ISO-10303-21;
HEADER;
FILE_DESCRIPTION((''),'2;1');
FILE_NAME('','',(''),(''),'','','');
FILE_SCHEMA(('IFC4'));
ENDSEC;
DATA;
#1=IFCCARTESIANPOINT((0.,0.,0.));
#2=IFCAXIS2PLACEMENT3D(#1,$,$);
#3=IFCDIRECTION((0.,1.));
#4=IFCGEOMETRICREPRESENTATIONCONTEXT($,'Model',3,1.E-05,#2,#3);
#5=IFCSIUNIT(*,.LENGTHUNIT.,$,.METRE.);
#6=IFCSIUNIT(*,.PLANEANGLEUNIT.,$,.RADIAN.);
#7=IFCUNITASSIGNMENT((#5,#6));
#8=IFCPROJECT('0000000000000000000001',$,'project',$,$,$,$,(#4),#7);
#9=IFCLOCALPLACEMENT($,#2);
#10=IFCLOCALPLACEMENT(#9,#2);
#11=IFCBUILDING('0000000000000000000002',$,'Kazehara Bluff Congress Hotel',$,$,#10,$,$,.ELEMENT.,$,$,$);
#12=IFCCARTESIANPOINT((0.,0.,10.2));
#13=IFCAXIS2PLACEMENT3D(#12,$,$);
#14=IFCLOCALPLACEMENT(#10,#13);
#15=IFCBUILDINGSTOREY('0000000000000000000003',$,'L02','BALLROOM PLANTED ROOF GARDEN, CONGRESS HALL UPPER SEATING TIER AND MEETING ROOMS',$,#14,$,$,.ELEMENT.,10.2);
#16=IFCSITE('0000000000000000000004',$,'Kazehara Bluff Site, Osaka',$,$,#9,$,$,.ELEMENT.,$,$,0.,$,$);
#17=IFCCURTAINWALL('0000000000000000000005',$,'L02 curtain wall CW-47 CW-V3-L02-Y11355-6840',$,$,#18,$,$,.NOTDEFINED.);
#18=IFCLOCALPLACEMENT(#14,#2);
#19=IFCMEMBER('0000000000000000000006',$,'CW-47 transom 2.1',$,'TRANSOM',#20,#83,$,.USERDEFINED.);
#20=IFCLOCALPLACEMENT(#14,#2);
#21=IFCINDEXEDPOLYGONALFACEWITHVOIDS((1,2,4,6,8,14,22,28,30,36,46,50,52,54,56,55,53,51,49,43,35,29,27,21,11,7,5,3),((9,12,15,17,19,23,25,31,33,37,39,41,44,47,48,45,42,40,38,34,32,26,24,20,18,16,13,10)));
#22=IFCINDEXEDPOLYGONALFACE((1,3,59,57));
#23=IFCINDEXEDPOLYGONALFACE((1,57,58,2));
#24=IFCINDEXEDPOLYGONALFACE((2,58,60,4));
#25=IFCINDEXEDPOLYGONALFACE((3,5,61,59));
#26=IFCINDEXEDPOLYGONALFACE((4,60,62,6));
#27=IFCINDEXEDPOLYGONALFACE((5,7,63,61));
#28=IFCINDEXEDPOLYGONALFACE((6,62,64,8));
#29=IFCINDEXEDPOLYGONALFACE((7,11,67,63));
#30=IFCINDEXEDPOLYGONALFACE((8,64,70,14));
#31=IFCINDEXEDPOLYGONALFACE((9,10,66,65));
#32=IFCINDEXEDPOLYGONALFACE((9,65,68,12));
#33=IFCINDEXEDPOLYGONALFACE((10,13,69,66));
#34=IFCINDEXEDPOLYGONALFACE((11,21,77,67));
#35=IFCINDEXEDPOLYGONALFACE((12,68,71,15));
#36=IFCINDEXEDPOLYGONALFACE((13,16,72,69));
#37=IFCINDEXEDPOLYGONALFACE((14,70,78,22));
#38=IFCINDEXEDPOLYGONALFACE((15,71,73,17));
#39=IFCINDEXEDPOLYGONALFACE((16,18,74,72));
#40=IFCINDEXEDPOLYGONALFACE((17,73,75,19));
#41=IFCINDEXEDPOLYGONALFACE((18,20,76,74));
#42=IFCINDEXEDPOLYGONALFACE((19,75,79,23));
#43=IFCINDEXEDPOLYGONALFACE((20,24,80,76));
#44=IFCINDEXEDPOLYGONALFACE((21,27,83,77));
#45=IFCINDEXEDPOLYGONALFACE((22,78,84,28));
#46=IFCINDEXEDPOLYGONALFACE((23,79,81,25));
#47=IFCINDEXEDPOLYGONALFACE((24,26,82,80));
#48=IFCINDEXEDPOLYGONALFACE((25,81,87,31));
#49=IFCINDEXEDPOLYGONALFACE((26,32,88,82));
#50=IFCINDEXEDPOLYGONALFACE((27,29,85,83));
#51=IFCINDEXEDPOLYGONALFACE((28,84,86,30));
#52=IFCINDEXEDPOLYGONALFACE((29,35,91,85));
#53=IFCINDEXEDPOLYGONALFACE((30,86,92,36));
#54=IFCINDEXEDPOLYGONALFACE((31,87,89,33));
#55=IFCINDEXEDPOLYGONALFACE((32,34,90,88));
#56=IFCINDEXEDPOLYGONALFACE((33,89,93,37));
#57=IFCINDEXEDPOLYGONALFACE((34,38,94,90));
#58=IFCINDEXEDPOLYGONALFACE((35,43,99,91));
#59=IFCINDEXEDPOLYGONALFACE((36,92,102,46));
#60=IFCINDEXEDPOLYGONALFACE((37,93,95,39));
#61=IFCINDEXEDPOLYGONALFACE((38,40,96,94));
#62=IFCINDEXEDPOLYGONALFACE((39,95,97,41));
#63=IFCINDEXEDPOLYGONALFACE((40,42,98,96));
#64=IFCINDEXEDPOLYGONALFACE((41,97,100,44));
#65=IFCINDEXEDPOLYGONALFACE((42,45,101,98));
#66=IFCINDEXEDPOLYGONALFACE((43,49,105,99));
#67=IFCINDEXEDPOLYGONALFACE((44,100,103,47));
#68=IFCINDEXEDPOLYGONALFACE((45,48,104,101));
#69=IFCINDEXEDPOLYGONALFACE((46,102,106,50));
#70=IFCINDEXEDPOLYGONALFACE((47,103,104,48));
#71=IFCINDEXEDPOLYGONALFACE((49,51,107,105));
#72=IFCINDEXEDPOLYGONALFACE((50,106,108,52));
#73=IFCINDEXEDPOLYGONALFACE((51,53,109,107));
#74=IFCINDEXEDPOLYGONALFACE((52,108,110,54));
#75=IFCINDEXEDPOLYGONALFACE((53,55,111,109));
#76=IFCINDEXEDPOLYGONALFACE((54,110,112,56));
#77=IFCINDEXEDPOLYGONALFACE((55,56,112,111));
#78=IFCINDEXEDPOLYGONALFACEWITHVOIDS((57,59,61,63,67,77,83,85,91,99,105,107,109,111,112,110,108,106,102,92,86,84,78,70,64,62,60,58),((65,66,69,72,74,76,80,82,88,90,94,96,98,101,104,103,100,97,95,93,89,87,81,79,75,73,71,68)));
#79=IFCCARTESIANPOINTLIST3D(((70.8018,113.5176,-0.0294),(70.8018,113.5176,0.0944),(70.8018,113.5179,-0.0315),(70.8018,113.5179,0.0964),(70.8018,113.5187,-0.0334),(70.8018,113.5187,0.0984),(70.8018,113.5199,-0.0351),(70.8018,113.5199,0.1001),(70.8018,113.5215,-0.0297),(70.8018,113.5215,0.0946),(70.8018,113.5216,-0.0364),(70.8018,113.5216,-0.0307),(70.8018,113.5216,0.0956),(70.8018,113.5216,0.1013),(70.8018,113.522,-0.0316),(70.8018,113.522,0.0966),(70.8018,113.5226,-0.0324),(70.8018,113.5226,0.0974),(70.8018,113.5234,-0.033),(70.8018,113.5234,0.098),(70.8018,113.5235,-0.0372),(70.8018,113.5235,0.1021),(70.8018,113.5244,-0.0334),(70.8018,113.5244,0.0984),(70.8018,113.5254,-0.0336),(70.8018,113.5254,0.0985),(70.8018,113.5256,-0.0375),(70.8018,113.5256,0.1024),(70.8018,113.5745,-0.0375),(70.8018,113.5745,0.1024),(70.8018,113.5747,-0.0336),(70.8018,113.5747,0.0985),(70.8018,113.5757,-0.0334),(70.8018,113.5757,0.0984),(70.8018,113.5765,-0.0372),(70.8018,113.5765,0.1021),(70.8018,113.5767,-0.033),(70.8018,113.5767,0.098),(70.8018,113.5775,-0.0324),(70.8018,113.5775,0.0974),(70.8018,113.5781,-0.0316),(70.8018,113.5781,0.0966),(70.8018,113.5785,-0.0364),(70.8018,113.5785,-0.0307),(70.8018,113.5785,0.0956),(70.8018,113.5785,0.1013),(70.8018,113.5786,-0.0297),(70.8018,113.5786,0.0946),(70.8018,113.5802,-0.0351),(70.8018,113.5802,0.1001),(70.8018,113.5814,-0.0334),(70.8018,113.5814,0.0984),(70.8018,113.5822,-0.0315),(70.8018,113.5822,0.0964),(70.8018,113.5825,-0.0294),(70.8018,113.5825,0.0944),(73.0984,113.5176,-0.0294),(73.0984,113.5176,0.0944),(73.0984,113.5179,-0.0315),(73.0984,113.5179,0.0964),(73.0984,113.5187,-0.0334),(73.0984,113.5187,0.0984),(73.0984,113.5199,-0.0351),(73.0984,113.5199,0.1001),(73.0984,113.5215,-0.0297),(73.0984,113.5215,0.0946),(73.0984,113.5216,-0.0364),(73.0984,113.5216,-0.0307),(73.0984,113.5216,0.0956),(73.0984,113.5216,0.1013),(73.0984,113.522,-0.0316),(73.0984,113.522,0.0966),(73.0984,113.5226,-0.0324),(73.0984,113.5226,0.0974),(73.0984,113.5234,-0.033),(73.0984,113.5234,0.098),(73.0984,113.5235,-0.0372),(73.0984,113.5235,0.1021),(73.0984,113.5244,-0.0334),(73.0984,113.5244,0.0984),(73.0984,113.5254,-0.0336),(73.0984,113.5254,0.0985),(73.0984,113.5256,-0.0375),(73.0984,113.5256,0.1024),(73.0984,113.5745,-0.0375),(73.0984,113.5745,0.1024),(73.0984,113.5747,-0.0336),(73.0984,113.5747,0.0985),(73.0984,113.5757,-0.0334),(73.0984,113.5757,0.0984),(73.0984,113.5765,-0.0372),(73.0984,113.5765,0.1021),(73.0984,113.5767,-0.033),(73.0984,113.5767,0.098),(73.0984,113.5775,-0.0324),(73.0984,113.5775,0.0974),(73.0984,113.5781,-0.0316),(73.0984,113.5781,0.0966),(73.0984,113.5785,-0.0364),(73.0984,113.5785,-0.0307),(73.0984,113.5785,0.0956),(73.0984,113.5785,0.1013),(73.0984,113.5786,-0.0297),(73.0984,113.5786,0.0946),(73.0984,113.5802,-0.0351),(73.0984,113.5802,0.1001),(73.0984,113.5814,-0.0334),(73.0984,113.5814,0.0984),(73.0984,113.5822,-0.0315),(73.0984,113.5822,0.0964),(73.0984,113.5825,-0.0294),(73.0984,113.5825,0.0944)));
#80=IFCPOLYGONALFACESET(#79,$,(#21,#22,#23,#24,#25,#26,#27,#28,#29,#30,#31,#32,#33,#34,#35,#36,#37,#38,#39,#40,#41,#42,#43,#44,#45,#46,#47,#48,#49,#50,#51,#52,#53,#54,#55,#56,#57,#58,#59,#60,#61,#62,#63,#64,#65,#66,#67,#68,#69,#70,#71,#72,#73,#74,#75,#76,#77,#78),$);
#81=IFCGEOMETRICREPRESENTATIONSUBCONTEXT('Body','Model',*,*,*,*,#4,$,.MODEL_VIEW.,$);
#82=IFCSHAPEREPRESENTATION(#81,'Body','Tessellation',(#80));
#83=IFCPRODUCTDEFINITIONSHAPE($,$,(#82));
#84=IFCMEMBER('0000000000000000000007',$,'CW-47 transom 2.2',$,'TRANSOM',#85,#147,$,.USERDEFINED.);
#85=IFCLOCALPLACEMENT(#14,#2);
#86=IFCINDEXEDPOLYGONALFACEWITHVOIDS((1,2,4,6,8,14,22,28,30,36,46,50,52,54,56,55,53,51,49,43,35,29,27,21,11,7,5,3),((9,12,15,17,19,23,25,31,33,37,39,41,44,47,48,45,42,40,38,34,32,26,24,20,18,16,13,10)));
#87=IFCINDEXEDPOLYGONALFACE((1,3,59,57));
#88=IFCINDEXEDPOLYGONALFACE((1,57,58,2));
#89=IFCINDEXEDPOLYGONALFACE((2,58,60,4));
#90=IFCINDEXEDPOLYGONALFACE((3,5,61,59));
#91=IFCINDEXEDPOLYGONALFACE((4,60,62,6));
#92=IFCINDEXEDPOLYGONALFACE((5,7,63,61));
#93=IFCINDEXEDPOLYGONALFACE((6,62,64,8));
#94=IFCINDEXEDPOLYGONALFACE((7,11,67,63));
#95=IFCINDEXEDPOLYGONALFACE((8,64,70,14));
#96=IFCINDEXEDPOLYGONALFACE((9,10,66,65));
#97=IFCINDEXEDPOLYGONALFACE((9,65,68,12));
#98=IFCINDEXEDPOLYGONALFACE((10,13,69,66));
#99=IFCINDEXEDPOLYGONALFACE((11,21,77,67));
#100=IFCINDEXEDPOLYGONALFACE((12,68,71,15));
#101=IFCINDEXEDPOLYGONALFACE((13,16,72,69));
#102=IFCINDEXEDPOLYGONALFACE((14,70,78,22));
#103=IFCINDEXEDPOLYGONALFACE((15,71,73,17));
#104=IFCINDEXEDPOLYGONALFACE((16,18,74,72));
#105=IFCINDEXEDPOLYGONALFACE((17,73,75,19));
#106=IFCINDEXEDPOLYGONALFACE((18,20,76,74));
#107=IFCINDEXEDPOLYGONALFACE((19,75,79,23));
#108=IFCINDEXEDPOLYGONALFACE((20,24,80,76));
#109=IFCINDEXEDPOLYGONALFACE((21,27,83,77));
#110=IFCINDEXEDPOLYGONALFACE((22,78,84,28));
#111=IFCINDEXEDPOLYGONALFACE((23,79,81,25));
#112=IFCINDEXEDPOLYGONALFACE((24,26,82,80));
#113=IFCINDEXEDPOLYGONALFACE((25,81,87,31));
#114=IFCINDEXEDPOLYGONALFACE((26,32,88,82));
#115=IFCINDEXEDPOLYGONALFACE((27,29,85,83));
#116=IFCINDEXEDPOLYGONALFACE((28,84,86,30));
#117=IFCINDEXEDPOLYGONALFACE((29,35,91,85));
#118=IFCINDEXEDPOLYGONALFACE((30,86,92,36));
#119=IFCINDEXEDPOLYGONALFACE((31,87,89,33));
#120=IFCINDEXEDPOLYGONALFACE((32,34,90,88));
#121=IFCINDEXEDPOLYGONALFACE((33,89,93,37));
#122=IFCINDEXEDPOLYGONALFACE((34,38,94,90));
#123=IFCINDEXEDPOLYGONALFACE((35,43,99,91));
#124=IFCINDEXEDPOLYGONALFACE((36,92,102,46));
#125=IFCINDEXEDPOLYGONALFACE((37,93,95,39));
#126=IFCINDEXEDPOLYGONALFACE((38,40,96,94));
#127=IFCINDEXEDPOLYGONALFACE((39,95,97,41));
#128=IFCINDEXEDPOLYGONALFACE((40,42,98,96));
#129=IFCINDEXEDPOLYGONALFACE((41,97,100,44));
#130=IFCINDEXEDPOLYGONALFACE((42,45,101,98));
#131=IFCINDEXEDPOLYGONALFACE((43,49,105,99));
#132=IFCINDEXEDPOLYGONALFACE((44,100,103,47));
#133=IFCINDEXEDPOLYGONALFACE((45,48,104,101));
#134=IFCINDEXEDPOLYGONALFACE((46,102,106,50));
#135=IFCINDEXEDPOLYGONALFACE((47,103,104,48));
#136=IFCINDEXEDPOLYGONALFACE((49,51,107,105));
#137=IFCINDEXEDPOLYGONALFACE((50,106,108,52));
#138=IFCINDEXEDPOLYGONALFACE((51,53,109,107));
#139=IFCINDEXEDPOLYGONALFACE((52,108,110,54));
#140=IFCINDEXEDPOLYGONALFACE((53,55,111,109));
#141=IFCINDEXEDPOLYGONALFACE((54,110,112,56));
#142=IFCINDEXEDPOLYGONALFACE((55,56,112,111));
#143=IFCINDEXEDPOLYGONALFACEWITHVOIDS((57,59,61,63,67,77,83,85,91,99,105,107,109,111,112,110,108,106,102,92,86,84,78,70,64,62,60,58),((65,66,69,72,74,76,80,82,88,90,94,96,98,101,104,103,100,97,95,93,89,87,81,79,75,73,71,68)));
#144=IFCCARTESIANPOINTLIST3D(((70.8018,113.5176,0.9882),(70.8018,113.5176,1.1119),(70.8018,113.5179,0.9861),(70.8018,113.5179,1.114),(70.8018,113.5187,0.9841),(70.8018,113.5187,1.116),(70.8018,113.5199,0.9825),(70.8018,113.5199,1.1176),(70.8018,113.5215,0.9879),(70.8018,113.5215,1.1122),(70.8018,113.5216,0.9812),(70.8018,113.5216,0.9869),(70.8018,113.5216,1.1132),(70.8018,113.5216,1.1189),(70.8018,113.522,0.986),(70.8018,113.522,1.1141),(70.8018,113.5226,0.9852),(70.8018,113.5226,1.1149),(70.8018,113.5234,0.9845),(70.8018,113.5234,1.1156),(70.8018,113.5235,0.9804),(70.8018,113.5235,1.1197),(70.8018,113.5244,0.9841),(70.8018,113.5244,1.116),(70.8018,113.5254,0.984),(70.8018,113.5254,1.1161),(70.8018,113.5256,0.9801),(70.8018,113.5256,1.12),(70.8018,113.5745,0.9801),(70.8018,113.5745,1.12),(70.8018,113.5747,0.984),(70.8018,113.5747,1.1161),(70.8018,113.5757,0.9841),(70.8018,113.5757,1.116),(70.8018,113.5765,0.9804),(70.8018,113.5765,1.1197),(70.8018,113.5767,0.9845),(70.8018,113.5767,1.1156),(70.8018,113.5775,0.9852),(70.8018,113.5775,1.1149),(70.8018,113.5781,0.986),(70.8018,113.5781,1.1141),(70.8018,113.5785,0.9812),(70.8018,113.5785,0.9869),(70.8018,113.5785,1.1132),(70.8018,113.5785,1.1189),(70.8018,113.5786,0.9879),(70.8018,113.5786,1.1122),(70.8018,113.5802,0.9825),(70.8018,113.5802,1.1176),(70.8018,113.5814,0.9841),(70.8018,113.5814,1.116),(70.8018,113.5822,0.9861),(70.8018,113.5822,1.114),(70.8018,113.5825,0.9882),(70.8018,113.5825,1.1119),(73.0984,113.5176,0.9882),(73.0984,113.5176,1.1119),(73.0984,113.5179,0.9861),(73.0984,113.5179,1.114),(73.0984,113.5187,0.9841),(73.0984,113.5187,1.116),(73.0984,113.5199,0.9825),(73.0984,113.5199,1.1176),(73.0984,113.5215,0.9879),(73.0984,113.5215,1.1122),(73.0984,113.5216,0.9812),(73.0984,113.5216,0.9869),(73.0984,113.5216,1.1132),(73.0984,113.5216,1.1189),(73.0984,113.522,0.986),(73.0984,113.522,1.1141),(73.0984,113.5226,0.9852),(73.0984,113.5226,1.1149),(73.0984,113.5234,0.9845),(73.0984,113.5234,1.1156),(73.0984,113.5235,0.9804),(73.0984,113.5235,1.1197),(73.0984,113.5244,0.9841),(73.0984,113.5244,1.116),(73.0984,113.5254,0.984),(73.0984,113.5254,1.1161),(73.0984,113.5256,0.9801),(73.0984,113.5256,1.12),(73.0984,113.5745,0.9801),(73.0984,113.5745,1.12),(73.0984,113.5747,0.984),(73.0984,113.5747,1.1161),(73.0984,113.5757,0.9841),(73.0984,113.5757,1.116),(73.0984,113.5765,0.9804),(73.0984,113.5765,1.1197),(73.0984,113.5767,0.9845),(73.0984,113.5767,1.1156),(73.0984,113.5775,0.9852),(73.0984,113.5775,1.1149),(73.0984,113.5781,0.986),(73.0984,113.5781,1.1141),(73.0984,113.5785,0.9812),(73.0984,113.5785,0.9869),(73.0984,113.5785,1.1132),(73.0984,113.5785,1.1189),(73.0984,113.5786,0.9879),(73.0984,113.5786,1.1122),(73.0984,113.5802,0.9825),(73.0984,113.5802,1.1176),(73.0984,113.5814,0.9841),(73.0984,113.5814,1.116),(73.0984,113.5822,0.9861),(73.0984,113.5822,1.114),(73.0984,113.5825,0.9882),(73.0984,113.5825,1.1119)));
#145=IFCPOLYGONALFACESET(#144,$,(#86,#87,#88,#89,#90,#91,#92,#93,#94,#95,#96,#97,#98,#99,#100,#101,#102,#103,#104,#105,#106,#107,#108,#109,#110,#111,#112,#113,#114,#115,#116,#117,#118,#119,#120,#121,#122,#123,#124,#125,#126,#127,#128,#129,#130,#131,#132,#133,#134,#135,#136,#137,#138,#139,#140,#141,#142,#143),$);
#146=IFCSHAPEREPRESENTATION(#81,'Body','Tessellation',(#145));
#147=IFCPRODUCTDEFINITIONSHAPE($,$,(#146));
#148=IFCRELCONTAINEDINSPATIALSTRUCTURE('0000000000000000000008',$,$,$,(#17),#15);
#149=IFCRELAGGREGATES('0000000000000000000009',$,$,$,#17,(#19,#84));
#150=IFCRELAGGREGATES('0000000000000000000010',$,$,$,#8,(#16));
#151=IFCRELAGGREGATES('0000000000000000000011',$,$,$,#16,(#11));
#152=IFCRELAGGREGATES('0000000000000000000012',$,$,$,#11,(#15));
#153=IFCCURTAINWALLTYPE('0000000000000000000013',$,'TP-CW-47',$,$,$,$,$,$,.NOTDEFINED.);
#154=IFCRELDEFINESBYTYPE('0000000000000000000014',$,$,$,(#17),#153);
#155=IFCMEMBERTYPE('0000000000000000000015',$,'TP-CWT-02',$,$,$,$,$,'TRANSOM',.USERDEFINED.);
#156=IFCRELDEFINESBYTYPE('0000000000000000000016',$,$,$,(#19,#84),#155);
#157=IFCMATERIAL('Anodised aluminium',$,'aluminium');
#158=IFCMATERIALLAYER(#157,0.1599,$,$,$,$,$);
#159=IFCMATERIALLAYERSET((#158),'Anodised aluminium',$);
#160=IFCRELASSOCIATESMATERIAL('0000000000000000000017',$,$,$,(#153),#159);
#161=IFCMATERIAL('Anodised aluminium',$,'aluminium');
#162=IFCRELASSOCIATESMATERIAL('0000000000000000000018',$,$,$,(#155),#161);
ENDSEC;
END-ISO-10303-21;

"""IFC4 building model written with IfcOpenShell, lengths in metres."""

from ifc_helpers import new_model, si_unit, direction, frame, origin, origin_2d, place, context, subcontext, project, spatial, hollow_rectangle, extrude, material, layer, layer_set, material_profile, profile_set, type_object, element, aggregate, save


model = new_model("IFC4")

# Units and contexts
model_context = context("Model", 3, precision=1e-05, world=origin(), true_north=direction((0.0, 1.0)))
body_context = subcontext(model_context, "Body", "Model", "MODEL_VIEW")
ifc_project = project(units=[si_unit("LENGTHUNIT", "METRE"), si_unit("PLANEANGLEUNIT", "RADIAN")], contexts=[model_context])

# Site, building, storey
site_placement = place(None, origin())
site = spatial("IfcSite", under=ifc_project, at=site_placement, Name="Kazehara Bluff Site, Osaka", CompositionType="ELEMENT", RefElevation=0.0)
building_placement = place(site_placement, origin())
building = spatial("IfcBuilding", under=site, at=building_placement, Name="Kazehara Bluff Congress Hotel", CompositionType="ELEMENT")
storey_placement = place(building_placement, frame((0.0, 0.0, 10.2)))
storey = spatial("IfcBuildingStorey", under=building, at=storey_placement, Name="L02", Description="BALLROOM PLANTED ROOF GARDEN, CONGRESS HALL UPPER SEATING TIER AND MEETING ROOMS", CompositionType="ELEMENT", Elevation=10.2)

# Curtain wall, members
ifc_material_1 = material(Name="Anodised aluminium", Category="aluminium")
ifc_layer_1 = layer(ifc_material_1, 0.1599)
ifc_layer_set_1 = layer_set([ifc_layer_1], Name="Anodised aluminium")
curtain_wall_type = type_object("IfcCurtainWallType", Name="TP-CW-47", PredefinedType="NOTDEFINED", material=ifc_layer_set_1)
curtain_wall_placement = place(storey_placement, origin())
curtain_wall = element("IfcCurtainWall", 1, at=curtain_wall_placement, inside=storey, type_object=curtain_wall_type, Name="L02 curtain wall CW-47 CW-V3-L02-Y11355-6840", PredefinedType="NOTDEFINED")
ifc_material_2 = material(Name="Anodised aluminium", Category="aluminium")
ifc_material_profile_1 = material_profile(ifc_material_2, hollow_rectangle(XDim=0.0649, YDim=0.1399, WallThickness=0.0039, InnerFilletRadius=0.0039, OuterFilletRadius=0.0081, at=origin_2d()))
ifc_profile_set_1 = profile_set([ifc_material_profile_1], Name="Anodised aluminium")
member_type_1 = type_object("IfcMemberType", Name="TP-CWT-02", ElementType="TRANSOM", PredefinedType="USERDEFINED", material=ifc_profile_set_1)
member_1_placement = place(storey_placement, frame((70.8018, 113.55, 0.0325), z_axis=(1.0, 0.0, 0.0), x_axis=(0.0, 1.0, 0.0)))
member_1 = element("IfcMember", 2, at=member_1_placement, type_object=member_type_1, Name="CW-47 transom 2.1", ObjectType="TRANSOM", PredefinedType="USERDEFINED", context=body_context, shape_type="SweptSolid", body=[
    extrude(hollow_rectangle(XDim=0.0649, YDim=0.1399, WallThickness=0.0039, InnerFilletRadius=0.0039, OuterFilletRadius=0.0081, at=origin_2d()), origin(), (0.0, 0.0, 1.0), 2.2966),
])
member_2_placement = place(storey_placement, frame((70.8018, 113.55, 1.05), z_axis=(1.0, 0.0, 0.0), x_axis=(0.0, 1.0, 0.0)))
member_2 = element("IfcMember", 3, at=member_2_placement, type_object=member_type_1, Name="CW-47 transom 2.2", ObjectType="TRANSOM", PredefinedType="USERDEFINED", context=body_context, shape_type="SweptSolid", body=[
    extrude(hollow_rectangle(XDim=0.0649, YDim=0.1399, WallThickness=0.0039, InnerFilletRadius=0.0039, OuterFilletRadius=0.0081, at=origin_2d()), origin(), (0.0, 0.0, 1.0), 2.2966),
])
aggregate(curtain_wall, [member_1, member_2])

save(model, "model.ifc")
